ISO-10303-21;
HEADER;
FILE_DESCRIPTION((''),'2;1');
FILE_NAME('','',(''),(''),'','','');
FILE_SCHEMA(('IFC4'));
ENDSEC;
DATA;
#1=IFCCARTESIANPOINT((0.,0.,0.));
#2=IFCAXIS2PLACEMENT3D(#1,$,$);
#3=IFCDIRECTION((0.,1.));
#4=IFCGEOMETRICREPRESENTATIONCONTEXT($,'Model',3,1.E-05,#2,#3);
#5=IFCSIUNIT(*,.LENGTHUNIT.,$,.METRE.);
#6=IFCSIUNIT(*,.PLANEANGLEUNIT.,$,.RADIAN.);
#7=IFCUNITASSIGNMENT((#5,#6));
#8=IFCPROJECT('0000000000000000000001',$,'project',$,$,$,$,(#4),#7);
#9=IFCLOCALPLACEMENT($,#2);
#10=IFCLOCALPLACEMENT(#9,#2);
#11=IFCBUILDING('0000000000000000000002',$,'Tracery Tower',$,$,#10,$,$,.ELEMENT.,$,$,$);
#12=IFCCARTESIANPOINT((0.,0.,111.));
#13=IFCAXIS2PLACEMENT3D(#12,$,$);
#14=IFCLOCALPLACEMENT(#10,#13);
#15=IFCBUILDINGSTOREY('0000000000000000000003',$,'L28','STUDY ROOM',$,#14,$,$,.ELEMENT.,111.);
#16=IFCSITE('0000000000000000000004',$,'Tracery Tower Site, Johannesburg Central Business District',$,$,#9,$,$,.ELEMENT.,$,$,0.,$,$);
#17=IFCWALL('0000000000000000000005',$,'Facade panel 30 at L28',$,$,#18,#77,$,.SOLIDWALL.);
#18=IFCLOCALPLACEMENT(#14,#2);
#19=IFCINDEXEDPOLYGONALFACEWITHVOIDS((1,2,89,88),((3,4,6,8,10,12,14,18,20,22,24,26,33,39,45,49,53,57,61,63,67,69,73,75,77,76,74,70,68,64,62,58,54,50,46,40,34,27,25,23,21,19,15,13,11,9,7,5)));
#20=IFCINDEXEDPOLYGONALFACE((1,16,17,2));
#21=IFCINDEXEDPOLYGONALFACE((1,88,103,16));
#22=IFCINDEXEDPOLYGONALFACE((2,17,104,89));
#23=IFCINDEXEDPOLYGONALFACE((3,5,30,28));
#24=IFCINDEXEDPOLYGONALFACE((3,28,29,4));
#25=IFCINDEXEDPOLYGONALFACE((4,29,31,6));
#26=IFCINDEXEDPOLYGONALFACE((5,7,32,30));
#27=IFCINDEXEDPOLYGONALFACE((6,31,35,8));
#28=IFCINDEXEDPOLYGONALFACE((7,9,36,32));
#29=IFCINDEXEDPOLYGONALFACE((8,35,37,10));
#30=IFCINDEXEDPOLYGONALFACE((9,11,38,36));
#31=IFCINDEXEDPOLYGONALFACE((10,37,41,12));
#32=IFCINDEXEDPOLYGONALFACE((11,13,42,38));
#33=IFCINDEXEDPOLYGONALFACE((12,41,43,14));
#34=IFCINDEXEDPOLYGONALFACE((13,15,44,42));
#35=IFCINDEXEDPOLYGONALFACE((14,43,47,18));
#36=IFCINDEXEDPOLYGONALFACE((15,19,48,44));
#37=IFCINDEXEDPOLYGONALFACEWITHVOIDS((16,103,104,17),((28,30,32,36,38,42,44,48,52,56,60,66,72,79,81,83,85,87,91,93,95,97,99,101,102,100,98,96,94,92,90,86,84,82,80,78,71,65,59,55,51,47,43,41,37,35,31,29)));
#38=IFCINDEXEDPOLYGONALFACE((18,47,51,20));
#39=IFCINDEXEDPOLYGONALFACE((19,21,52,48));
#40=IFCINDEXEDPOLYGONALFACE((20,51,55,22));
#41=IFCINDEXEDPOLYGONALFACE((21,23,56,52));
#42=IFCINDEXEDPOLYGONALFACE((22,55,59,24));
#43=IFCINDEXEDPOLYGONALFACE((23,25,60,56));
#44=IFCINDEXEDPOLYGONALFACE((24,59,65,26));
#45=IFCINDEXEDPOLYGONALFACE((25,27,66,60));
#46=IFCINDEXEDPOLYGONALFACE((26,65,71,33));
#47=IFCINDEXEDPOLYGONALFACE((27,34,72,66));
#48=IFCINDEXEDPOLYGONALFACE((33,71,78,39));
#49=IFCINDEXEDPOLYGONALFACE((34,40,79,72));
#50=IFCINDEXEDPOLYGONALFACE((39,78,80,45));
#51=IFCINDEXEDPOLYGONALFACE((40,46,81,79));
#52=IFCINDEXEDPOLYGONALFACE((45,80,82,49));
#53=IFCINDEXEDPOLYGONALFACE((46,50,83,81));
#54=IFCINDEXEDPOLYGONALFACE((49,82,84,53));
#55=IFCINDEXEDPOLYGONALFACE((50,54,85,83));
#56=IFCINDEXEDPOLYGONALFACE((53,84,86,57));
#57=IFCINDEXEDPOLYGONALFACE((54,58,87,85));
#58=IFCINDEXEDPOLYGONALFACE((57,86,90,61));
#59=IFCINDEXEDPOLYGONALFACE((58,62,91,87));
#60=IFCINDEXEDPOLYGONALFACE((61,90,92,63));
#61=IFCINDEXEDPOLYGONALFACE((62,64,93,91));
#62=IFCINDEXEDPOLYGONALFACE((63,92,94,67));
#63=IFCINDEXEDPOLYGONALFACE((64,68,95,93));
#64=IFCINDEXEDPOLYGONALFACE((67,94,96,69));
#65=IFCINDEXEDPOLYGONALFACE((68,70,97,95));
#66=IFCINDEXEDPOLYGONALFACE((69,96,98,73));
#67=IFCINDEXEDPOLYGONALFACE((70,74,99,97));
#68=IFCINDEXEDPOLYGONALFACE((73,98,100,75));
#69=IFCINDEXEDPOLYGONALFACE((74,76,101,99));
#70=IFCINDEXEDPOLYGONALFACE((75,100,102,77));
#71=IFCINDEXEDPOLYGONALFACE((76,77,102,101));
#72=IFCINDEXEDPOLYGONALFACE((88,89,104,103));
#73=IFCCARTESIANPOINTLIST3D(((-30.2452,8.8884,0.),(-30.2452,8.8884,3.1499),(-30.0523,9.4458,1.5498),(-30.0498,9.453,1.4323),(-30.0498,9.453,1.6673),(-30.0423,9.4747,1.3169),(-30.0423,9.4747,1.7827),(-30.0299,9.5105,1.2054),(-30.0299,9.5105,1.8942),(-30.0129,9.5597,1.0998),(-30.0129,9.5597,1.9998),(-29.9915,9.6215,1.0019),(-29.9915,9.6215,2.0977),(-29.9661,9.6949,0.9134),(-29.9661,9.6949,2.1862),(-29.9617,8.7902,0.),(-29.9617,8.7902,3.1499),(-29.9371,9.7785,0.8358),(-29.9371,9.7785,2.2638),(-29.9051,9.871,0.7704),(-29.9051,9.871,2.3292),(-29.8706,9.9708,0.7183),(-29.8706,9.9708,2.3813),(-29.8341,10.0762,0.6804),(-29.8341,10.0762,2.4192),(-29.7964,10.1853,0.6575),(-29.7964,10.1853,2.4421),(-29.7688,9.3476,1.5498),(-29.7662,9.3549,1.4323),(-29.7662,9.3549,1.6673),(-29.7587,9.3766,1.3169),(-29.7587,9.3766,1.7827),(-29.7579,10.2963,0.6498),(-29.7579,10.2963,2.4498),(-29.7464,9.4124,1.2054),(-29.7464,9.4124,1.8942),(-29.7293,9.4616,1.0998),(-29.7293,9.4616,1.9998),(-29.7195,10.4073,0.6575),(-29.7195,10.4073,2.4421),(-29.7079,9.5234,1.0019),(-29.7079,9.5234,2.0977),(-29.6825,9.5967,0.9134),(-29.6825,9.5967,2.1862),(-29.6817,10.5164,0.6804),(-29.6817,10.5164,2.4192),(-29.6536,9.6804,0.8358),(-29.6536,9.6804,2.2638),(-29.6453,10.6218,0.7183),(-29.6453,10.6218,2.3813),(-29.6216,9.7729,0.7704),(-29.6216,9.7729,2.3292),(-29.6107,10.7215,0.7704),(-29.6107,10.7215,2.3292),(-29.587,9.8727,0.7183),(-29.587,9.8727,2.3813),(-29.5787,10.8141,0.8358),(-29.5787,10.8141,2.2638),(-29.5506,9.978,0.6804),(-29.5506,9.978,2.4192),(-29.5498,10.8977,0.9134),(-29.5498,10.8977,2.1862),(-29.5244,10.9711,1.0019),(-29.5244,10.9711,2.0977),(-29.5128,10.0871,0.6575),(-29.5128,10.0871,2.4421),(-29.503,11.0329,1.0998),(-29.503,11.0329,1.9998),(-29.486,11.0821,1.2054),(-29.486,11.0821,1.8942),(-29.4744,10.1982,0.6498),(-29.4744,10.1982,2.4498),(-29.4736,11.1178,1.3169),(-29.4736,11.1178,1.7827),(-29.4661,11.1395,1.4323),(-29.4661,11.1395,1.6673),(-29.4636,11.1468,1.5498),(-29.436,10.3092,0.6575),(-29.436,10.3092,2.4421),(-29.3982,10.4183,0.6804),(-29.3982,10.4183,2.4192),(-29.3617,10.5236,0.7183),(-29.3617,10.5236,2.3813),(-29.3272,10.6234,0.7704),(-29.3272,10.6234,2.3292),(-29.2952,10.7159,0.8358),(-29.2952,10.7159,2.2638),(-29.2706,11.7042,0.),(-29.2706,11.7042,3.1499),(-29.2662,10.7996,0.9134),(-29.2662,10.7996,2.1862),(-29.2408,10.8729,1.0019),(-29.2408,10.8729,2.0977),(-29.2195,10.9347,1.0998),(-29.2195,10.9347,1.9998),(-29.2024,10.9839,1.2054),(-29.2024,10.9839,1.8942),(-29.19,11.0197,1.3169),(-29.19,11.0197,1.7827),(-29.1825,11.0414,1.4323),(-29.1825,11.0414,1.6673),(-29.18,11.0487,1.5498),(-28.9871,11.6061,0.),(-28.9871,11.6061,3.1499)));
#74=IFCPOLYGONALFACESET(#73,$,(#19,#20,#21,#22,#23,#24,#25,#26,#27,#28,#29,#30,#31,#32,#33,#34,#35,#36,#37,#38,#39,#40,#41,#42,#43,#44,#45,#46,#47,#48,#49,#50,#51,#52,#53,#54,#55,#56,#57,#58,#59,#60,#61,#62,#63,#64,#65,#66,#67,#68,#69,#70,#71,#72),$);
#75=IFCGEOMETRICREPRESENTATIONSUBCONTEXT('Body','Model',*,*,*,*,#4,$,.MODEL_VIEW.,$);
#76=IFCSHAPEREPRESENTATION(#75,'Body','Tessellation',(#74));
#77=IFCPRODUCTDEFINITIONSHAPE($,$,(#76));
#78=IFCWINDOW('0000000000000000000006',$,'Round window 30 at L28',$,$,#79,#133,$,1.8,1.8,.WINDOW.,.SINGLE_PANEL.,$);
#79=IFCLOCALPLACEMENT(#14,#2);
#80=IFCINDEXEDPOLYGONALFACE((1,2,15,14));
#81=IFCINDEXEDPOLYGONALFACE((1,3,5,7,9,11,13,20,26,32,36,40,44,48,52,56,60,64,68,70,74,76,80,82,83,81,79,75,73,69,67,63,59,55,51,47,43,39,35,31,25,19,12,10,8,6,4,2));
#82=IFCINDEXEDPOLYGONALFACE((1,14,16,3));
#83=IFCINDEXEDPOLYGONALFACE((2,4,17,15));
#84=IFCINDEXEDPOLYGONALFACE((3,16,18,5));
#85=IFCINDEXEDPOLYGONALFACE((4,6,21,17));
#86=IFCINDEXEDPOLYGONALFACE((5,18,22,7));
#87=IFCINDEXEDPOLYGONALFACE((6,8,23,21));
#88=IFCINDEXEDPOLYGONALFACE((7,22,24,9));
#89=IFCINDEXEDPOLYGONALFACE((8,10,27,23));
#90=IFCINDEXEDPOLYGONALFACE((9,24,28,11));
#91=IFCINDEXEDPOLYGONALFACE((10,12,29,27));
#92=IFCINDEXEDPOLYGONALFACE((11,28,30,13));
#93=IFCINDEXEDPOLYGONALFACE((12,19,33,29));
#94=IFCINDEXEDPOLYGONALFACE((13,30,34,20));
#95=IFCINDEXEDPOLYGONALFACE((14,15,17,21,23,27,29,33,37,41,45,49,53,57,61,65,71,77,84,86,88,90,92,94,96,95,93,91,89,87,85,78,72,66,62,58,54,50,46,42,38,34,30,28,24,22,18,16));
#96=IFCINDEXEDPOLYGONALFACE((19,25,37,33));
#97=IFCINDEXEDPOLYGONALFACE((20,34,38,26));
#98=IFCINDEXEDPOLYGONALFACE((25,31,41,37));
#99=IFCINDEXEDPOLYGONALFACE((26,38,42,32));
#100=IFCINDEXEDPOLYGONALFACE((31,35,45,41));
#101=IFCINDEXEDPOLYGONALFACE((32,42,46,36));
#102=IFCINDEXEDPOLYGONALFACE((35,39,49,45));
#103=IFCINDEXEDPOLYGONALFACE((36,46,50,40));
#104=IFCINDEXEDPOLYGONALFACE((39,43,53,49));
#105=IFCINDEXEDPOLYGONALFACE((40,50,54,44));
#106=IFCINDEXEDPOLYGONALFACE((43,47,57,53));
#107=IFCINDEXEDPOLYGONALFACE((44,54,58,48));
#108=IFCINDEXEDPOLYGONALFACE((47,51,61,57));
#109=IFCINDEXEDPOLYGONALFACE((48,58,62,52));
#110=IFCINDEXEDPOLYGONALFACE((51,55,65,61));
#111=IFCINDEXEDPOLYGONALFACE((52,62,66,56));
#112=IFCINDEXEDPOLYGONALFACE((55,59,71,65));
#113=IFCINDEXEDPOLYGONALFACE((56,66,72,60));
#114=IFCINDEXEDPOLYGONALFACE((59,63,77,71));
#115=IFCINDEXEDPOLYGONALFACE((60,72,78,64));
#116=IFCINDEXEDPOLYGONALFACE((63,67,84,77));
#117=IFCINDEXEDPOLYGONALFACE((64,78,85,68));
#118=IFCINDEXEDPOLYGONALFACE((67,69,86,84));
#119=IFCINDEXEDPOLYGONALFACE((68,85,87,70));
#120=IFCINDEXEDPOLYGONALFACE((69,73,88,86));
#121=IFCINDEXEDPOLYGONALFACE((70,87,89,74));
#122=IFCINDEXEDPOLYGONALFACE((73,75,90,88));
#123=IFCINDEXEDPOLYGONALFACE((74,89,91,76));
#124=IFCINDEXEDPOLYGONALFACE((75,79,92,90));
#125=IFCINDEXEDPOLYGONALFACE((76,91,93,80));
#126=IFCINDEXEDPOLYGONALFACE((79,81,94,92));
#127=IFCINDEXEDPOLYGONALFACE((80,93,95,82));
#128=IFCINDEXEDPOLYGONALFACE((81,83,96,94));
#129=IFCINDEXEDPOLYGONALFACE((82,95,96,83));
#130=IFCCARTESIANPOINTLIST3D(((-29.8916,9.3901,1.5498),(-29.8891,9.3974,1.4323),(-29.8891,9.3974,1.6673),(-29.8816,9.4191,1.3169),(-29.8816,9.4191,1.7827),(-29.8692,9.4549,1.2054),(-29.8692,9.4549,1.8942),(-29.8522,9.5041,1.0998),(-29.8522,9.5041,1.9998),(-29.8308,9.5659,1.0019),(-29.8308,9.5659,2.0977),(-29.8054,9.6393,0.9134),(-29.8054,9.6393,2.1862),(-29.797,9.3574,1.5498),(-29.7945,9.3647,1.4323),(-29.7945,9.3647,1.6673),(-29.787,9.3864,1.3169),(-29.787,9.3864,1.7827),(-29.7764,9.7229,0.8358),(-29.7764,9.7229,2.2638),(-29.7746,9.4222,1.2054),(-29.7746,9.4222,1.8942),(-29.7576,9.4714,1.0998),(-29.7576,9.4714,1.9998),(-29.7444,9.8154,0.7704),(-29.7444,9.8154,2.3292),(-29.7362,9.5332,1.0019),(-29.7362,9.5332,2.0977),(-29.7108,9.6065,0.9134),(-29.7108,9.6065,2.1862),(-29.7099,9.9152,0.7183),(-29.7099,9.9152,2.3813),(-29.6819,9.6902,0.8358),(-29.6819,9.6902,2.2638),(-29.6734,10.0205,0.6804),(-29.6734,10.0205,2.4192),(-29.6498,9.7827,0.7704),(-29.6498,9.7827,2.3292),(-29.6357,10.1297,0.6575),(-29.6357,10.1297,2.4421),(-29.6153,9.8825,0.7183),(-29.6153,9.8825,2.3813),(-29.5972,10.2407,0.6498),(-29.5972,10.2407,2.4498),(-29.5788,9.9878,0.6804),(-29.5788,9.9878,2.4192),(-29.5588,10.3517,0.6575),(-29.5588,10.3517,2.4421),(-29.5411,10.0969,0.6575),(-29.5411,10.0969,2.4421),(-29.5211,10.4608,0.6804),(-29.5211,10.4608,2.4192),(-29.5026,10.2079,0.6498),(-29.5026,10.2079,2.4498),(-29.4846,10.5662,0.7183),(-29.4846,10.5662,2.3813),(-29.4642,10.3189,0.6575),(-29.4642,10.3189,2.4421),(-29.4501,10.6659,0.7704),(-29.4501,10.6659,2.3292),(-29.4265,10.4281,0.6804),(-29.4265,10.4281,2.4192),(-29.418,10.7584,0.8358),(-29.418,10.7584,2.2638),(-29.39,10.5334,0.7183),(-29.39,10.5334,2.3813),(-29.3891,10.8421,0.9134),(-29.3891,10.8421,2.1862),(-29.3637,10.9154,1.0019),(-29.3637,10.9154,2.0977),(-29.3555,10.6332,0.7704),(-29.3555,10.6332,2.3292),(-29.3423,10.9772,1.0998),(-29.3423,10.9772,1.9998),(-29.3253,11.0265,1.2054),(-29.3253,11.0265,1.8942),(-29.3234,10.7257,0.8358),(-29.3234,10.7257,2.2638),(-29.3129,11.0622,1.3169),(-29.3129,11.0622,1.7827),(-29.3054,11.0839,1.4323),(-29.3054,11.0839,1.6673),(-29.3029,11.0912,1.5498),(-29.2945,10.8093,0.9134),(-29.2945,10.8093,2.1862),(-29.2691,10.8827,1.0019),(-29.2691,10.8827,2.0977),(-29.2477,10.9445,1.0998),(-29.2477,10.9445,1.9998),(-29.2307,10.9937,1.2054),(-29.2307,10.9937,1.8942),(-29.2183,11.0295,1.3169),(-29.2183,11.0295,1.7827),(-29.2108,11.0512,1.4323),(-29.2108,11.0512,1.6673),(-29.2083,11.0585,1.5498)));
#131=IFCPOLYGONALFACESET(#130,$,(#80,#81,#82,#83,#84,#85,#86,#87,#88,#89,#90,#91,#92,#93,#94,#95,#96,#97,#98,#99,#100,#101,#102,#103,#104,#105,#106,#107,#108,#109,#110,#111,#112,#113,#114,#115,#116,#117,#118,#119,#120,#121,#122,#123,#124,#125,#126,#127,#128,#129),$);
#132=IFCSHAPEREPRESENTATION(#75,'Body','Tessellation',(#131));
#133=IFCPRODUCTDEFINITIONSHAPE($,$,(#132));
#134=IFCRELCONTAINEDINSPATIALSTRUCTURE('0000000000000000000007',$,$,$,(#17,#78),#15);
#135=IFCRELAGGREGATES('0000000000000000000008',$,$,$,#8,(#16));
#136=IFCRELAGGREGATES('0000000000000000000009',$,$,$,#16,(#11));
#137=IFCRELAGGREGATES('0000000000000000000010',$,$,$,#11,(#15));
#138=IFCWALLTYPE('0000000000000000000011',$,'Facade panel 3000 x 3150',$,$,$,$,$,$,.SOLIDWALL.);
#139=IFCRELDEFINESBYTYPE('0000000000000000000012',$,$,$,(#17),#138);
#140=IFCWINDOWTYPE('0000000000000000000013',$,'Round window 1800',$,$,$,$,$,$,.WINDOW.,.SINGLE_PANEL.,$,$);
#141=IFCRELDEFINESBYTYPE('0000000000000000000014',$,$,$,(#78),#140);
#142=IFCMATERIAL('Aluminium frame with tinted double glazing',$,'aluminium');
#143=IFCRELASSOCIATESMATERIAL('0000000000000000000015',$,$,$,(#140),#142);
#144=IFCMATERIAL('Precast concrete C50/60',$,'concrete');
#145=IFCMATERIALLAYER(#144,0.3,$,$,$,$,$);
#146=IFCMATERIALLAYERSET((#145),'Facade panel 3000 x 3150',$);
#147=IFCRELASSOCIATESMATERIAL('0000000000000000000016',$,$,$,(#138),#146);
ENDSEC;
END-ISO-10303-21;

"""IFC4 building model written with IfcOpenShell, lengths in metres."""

from ifc_helpers import new_model, si_unit, direction, frame, frame_2d, origin, origin_2d, place, context, subcontext, project, spatial, rectangle, circle, extrude, material, layer, layer_set, type_object, element, fill, save


model = new_model("IFC4")

# Units and contexts
model_context = context("Model", 3, precision=1e-05, world=origin(), true_north=direction((0.0, 1.0)))
body_context = subcontext(model_context, "Body", "Model", "MODEL_VIEW")
ifc_project = project(units=[si_unit("LENGTHUNIT", "METRE"), si_unit("PLANEANGLEUNIT", "RADIAN")], contexts=[model_context])

# Site, building, storey
site_placement = place(None, origin())
site = spatial("IfcSite", under=ifc_project, at=site_placement, Name="Tracery Tower Site, Johannesburg Central Business District", CompositionType="ELEMENT", RefElevation=0.0)
building_placement = place(site_placement, origin())
building = spatial("IfcBuilding", under=site, at=building_placement, Name="Tracery Tower", CompositionType="ELEMENT")
storey_placement = place(building_placement, frame((0.0, 0.0, 111.0)))
storey = spatial("IfcBuildingStorey", under=building, at=storey_placement, Name="L28", Description="STUDY ROOM", CompositionType="ELEMENT", Elevation=111.0)

# Wall, opening, window
ifc_material_1 = material(Name="Aluminium frame with tinted double glazing", Category="aluminium")
window_type = type_object("IfcWindowType", Name="Round window 1800", PartitioningType="SINGLE_PANEL", PredefinedType="WINDOW", material=ifc_material_1)
ifc_material_2 = material(Name="Precast concrete C50/60", Category="concrete")
ifc_layer_1 = layer(ifc_material_2, 0.3)
ifc_layer_set_1 = layer_set([ifc_layer_1], Name="Facade panel 3000 x 3150")
wall_type_1 = type_object("IfcWallType", Name="Facade panel 3000 x 3150", PredefinedType="SOLIDWALL", material=ifc_layer_set_1)
wall_1_placement = place(storey_placement, frame((-29.1289, 11.655, 0.0), z_axis=(0.0, 0.0, 1.0), x_axis=(-0.327071, -0.945, 0.0)))
wall_1 = element("IfcWall", 1, at=wall_1_placement, inside=storey, type_object=wall_type_1, Name="Facade panel 30 at L28", PredefinedType="SOLIDWALL", context=body_context, shape_type="SweptSolid", body=[
    extrude(rectangle(XDim=2.9797, YDim=0.3, at=frame_2d((1.4897, 0.0))), origin(), (0.0, 0.0, 1.0), 3.1499),
])
opening_1_placement = place(wall_1_placement, frame((1.4897, 0.0, 1.5498)))
opening_1 = element("IfcOpeningElement", 2, at=opening_1_placement, cuts=wall_1, PredefinedType="OPENING", context=body_context, shape_type="SweptSolid", body=[
    extrude(circle(Radius=0.9, at=origin_2d()), frame((0.0, 0.1599, 0.0), z_axis=(0.0, -1.0, 0.0), x_axis=(1.0, 0.0, 0.0)), (0.0, 0.0, 1.0), 0.3201),
])
window_1_placement = place(opening_1_placement, origin())
window_1 = element("IfcWindow", 3, at=window_1_placement, inside=storey, type_object=window_type, Name="Round window 30 at L28", OverallHeight=1.8, OverallWidth=1.8, PartitioningType="SINGLE_PANEL", PredefinedType="WINDOW", context=body_context, shape_type="SweptSolid", body=[
    extrude(circle(Radius=0.9, at=origin_2d()), frame((0.0, 0.1201, 0.0), z_axis=(0.0, -1.0, 0.0), x_axis=(1.0, 0.0, 0.0)), (0.0, 0.0, 1.0), 0.1001),
])
fill(opening_1, window_1)

save(model, "model.ifc")
